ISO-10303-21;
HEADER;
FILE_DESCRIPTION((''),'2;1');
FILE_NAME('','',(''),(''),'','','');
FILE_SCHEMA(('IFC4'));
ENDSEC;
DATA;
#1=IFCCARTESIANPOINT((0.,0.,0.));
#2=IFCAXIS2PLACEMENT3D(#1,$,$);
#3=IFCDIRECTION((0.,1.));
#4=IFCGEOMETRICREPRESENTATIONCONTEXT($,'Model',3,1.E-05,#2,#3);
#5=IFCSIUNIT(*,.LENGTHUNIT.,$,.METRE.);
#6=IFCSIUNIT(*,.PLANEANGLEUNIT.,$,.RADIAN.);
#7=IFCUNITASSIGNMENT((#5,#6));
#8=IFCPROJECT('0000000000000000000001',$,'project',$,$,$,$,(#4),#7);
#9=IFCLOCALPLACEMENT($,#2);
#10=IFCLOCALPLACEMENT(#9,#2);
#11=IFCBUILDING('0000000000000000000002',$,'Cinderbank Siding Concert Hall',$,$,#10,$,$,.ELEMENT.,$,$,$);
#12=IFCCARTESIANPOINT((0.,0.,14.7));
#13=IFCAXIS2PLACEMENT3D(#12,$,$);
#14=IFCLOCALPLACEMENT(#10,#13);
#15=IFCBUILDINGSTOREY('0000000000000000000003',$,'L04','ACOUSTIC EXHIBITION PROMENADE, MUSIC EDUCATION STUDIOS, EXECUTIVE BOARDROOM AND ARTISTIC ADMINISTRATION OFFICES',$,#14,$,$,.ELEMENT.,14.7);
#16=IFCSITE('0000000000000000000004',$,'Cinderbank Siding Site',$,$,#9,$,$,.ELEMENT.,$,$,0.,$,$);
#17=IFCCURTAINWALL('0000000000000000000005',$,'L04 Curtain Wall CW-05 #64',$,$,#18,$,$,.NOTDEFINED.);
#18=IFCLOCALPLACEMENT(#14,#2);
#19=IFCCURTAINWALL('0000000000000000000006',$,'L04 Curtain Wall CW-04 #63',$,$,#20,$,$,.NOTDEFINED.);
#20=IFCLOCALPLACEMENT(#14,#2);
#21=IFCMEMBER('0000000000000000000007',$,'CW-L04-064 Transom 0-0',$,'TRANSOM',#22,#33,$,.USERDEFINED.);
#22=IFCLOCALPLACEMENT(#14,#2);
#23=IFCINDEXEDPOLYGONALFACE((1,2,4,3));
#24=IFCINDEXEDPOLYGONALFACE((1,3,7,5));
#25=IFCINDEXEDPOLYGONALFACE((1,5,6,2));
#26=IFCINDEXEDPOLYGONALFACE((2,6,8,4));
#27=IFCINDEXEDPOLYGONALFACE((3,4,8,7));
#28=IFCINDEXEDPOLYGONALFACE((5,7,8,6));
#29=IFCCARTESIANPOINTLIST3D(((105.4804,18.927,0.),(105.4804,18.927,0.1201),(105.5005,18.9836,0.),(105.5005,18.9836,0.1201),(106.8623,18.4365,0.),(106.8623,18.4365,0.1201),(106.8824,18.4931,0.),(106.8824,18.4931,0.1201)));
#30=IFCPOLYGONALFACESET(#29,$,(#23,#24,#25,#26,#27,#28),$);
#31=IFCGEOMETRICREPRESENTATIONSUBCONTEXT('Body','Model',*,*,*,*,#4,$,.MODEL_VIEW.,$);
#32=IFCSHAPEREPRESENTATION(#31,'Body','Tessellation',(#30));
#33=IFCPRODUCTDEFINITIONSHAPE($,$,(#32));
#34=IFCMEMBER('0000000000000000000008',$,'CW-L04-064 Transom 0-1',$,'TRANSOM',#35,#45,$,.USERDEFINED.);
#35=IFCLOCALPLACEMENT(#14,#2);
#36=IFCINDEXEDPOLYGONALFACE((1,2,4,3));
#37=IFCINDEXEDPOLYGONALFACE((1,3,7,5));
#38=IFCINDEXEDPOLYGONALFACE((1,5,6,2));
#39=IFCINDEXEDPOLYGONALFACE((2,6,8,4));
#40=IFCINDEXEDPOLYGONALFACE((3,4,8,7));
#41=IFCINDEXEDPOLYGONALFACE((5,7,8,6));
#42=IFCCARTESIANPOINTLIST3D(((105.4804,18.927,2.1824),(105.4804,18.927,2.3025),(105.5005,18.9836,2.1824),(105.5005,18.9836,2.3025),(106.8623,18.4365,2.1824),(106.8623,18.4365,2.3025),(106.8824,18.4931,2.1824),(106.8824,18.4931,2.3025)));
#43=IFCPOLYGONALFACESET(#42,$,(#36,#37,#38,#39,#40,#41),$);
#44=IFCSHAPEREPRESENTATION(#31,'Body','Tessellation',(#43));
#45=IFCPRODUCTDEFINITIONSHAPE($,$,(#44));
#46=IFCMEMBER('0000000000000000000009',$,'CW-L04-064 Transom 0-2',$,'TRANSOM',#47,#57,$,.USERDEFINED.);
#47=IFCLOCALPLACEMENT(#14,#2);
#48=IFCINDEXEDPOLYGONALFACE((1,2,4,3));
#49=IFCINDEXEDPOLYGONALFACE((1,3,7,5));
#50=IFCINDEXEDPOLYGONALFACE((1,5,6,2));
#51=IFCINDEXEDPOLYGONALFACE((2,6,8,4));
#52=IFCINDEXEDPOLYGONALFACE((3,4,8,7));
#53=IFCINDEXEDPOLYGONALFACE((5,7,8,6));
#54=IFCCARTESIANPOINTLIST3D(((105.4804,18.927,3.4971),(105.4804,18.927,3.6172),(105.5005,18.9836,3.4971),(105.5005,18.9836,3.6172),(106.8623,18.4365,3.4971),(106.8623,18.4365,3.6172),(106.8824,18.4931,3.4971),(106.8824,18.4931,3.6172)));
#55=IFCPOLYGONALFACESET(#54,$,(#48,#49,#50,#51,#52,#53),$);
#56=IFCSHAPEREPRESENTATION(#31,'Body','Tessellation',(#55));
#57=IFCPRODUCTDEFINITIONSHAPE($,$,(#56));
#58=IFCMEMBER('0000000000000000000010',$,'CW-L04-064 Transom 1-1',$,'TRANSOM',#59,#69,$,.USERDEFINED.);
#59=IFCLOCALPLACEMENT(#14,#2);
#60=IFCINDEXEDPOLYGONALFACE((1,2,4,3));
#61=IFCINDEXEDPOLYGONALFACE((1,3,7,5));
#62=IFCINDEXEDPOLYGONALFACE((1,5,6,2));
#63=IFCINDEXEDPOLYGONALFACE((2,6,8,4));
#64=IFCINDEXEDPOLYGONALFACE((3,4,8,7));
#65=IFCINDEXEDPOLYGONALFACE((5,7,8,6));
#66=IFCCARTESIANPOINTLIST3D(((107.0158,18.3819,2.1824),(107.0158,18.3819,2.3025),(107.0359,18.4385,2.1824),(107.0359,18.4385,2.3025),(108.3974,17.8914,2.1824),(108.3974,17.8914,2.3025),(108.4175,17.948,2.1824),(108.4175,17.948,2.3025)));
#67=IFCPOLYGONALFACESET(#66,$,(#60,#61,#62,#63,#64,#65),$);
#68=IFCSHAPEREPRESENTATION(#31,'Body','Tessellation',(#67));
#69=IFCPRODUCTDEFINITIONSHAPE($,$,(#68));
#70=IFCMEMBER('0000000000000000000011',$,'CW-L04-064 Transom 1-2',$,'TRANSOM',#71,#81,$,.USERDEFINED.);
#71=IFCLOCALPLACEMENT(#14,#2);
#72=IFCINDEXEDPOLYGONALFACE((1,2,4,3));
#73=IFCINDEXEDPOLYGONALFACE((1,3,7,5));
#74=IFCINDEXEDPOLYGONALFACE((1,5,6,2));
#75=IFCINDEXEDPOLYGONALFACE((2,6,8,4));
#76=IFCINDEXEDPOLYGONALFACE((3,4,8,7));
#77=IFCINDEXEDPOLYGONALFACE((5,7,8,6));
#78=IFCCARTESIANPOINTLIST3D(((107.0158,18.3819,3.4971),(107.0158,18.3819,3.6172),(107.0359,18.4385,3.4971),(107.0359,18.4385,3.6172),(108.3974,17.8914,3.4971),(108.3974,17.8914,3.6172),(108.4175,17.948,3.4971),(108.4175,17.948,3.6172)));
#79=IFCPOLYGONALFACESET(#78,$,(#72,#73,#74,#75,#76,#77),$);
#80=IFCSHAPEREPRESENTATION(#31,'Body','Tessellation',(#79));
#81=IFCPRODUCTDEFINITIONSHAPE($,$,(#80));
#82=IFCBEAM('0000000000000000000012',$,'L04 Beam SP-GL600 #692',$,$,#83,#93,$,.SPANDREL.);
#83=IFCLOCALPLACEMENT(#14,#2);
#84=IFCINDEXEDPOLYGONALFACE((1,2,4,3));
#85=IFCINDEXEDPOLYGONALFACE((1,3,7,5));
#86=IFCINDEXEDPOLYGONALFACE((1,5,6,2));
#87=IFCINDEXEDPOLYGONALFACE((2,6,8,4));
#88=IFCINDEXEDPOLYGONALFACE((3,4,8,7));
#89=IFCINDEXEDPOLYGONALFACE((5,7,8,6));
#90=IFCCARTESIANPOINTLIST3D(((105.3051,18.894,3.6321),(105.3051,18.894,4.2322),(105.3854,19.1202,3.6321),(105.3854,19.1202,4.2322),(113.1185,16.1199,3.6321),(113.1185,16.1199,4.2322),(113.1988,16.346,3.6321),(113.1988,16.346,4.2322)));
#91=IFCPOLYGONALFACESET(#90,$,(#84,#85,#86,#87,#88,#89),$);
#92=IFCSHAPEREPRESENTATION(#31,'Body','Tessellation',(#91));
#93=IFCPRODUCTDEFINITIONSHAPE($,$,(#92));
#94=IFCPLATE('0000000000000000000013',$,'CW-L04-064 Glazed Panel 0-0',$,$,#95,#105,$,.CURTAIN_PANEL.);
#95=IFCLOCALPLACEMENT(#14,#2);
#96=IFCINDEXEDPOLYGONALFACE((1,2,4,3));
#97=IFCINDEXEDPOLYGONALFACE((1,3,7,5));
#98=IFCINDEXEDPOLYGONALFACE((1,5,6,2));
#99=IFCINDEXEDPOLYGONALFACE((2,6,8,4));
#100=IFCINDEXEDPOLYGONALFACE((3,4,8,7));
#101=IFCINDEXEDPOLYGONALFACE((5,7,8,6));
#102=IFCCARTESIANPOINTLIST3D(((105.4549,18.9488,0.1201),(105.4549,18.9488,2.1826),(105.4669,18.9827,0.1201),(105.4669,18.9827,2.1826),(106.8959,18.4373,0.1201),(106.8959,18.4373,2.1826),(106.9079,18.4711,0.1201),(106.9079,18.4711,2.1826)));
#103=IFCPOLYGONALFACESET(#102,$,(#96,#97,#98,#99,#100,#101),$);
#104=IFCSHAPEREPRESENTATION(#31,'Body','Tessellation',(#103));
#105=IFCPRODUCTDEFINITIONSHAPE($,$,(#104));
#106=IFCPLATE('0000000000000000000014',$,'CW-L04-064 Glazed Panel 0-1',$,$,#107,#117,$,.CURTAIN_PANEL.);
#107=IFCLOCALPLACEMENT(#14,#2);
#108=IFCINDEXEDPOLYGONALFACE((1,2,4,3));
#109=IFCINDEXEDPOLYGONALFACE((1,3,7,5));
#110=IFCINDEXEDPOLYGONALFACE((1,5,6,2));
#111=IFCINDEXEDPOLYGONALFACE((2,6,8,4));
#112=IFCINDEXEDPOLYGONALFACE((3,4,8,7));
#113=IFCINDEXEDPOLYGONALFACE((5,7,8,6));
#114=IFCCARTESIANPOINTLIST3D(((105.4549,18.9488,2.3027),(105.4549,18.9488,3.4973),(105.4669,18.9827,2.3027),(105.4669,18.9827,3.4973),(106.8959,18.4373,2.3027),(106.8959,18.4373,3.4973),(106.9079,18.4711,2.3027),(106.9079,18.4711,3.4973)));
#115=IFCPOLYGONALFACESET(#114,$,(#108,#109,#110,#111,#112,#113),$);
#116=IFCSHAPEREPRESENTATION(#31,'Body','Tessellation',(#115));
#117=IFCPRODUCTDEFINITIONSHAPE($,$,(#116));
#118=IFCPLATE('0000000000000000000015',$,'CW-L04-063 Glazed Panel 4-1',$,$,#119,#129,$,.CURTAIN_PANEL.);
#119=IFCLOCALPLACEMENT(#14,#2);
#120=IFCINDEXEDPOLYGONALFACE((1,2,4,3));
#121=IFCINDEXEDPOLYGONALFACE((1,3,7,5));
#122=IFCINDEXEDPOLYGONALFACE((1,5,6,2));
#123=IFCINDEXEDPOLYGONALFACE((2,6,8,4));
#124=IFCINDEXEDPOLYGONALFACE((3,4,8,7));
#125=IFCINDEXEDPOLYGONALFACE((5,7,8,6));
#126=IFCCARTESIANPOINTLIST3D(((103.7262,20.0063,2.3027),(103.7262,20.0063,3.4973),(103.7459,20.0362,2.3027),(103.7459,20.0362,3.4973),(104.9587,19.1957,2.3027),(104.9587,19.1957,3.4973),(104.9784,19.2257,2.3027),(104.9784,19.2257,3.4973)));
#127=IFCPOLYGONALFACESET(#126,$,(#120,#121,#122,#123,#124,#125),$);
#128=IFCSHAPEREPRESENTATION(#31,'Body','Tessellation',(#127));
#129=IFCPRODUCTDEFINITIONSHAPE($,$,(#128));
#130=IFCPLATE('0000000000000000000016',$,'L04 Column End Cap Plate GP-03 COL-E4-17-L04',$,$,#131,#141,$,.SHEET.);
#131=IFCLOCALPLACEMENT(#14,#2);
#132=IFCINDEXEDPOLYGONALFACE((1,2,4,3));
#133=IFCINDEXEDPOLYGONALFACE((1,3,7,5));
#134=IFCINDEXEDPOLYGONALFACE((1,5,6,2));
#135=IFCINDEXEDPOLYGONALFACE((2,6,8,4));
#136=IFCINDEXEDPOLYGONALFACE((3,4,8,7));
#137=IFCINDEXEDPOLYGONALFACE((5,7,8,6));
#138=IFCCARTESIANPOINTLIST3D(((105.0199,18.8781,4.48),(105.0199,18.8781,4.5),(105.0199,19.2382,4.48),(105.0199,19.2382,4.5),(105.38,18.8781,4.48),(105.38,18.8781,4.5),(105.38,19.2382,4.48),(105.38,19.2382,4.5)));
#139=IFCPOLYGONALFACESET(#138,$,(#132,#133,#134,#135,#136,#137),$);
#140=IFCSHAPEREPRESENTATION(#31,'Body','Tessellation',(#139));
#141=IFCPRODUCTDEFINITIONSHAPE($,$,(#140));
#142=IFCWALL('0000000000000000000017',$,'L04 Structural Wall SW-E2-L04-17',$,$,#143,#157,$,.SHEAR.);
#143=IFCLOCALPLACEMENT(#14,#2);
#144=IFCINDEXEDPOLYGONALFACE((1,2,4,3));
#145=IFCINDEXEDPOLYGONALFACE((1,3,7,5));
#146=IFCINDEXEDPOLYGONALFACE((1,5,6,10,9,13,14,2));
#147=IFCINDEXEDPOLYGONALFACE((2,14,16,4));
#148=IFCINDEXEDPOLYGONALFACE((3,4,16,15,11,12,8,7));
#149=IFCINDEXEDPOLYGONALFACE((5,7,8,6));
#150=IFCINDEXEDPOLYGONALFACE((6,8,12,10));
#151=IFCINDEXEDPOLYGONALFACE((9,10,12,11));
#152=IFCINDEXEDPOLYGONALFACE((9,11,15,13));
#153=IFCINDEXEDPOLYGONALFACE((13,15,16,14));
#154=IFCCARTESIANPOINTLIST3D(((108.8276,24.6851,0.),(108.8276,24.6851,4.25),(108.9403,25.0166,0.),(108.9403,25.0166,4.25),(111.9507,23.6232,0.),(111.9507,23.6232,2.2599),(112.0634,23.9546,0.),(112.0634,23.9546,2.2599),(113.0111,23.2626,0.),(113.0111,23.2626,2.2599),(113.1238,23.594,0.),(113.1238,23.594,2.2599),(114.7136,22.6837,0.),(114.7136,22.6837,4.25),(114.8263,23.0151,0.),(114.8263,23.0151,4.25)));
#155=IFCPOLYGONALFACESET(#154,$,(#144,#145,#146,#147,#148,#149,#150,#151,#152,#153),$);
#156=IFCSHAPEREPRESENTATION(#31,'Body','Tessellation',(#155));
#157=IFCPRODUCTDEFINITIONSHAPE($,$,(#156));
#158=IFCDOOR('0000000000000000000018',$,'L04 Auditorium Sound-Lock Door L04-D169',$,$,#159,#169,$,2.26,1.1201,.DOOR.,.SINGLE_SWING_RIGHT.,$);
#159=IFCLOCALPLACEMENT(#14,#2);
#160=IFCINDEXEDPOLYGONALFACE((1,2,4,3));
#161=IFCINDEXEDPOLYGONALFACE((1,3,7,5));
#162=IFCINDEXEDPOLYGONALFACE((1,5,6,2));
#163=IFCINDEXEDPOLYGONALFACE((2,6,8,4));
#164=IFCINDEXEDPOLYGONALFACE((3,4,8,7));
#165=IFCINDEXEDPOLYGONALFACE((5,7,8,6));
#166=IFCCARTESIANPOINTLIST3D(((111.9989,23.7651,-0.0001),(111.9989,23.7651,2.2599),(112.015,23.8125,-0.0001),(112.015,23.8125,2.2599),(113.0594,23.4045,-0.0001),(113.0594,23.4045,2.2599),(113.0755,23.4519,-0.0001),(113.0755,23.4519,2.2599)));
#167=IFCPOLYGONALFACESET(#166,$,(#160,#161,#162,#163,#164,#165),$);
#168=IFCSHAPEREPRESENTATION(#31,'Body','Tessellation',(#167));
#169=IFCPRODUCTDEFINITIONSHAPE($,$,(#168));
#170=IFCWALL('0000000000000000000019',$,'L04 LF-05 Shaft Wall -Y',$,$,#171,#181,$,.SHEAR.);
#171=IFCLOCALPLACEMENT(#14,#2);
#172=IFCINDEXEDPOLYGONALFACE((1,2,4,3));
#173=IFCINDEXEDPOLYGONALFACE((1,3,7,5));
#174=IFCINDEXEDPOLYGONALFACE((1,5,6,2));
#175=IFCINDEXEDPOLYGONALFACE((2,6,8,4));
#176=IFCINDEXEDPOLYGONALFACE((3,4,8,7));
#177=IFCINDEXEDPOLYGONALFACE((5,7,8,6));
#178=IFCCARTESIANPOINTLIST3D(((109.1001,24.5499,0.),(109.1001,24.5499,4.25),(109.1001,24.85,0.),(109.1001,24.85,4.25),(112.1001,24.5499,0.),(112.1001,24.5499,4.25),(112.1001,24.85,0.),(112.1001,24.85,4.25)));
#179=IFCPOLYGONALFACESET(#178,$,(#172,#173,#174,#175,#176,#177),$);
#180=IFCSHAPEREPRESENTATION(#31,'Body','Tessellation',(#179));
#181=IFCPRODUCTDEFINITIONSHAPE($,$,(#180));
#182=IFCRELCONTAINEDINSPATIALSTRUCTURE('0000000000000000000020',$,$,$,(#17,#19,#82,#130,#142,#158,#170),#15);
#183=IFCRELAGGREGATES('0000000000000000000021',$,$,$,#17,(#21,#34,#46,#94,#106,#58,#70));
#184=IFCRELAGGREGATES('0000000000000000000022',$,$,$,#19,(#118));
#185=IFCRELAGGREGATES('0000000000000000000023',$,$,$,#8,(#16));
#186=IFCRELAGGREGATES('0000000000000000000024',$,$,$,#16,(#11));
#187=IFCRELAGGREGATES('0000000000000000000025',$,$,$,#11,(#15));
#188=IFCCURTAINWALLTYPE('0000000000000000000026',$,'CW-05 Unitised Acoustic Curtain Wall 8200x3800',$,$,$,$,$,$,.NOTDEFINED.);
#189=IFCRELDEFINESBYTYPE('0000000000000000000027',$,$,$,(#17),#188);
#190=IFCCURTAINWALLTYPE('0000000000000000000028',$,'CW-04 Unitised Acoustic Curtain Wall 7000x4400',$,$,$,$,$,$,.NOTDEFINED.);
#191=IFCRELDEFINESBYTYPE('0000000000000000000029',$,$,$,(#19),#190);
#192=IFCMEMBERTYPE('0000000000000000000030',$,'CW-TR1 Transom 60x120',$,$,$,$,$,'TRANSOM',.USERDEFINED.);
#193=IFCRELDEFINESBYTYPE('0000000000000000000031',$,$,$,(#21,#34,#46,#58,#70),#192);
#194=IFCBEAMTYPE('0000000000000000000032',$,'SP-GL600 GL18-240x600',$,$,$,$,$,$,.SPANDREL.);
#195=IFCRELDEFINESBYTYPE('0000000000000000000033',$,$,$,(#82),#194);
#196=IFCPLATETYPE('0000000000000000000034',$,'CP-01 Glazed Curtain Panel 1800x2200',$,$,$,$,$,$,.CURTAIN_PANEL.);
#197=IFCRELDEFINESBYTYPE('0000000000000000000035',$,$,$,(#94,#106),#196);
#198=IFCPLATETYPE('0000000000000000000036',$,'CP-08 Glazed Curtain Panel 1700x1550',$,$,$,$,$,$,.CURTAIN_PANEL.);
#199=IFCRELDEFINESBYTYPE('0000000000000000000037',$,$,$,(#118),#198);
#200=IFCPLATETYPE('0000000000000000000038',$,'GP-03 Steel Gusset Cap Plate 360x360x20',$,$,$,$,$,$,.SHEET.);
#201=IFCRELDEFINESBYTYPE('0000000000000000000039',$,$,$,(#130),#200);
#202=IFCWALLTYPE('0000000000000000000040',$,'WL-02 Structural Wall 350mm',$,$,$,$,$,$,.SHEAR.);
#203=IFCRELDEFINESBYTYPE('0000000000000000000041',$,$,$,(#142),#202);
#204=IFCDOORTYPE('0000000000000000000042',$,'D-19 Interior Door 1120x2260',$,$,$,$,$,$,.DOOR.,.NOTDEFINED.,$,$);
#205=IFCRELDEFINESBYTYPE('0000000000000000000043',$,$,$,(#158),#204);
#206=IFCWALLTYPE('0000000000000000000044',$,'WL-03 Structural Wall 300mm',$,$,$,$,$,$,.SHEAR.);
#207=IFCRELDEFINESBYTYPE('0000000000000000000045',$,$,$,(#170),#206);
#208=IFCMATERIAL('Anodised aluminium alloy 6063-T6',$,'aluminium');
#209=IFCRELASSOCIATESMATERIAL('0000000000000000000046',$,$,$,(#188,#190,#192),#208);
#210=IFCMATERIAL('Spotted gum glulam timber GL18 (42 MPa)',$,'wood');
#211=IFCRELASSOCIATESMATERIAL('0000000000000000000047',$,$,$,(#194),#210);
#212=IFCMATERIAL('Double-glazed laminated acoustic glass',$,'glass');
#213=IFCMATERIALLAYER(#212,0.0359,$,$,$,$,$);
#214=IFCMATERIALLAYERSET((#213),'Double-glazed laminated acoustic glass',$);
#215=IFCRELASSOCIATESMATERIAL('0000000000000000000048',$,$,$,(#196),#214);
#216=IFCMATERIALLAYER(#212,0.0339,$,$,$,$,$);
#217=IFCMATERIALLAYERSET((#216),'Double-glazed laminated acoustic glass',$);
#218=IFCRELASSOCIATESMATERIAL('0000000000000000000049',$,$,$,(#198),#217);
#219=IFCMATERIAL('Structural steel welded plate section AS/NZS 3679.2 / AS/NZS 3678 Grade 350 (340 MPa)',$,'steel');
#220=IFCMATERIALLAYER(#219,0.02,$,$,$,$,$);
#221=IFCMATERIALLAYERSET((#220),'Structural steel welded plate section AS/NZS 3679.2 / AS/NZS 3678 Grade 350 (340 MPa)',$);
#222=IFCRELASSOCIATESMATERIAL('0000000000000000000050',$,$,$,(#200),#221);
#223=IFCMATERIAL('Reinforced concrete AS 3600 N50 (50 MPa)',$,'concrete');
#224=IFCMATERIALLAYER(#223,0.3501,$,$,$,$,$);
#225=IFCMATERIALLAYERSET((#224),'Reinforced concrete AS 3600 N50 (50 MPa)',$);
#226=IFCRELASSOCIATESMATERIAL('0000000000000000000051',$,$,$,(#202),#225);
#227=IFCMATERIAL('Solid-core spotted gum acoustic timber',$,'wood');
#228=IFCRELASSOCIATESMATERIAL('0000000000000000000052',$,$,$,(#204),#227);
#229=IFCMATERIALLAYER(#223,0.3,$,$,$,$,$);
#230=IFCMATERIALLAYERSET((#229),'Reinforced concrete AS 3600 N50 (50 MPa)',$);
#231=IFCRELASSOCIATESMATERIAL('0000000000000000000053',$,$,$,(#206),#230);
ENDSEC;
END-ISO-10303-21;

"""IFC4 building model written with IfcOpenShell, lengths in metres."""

from ifc_helpers import new_model, si_unit, direction, frame, frame_2d, origin, origin_2d, place, context, subcontext, project, spatial, rectangle, extrude, material, layer, layer_set, material_profile, profile_set, type_object, element, fill, aggregate, save


model = new_model("IFC4")

# Units and contexts
model_context = context("Model", 3, precision=1e-05, world=origin(), true_north=direction((0.0, 1.0)))
body_context = subcontext(model_context, "Body", "Model", "MODEL_VIEW")
ifc_project = project(units=[si_unit("LENGTHUNIT", "METRE"), si_unit("PLANEANGLEUNIT", "RADIAN")], contexts=[model_context])

# Site, building, storey
site_placement = place(None, origin())
site = spatial("IfcSite", under=ifc_project, at=site_placement, Name="Cinderbank Siding Site", CompositionType="ELEMENT", RefElevation=0.0)
building_placement = place(site_placement, origin())
building = spatial("IfcBuilding", under=site, at=building_placement, Name="Cinderbank Siding Concert Hall", CompositionType="ELEMENT")
storey_placement = place(building_placement, frame((0.0, 0.0, 14.7)))
storey = spatial("IfcBuildingStorey", under=building, at=storey_placement, Name="L04", Description="ACOUSTIC EXHIBITION PROMENADE, MUSIC EDUCATION STUDIOS, EXECUTIVE BOARDROOM AND ARTISTIC ADMINISTRATION OFFICES", CompositionType="ELEMENT", Elevation=14.7)

# Shared definitions
ifc_material_1 = material(Name="Reinforced concrete AS 3600 N50 (50 MPa)", Category="concrete")

# Curtain wall
ifc_material_2 = material(Name="Anodised aluminium alloy 6063-T6", Category="aluminium")
curtain_wall_type_1 = type_object("IfcCurtainWallType", Name="CW-05 Unitised Acoustic Curtain Wall 8200x3800", PredefinedType="NOTDEFINED", material=ifc_material_2)
curtain_wall_1_placement = place(storey_placement, origin())
curtain_wall_1 = element("IfcCurtainWall", 1, at=curtain_wall_1_placement, inside=storey, type_object=curtain_wall_type_1, Name="L04 Curtain Wall CW-05 #64", PredefinedType="NOTDEFINED")

# Curtain wall
curtain_wall_type_2 = type_object("IfcCurtainWallType", Name="CW-04 Unitised Acoustic Curtain Wall 7000x4400", PredefinedType="NOTDEFINED", material=ifc_material_2)
curtain_wall_2_placement = place(storey_placement, origin())
curtain_wall_2 = element("IfcCurtainWall", 2, at=curtain_wall_2_placement, inside=storey, type_object=curtain_wall_type_2, Name="L04 Curtain Wall CW-04 #63", PredefinedType="NOTDEFINED")

# Members
ifc_material_profile_1 = material_profile(ifc_material_2, rectangle(XDim=0.0601, YDim=0.1201, at=origin_2d()), Name="ALU-TRAN-60x120", Category="LoadBearing")
ifc_profile_set_1 = profile_set([ifc_material_profile_1], Name="Anodised aluminium alloy 6063-T6")
member_type_1 = type_object("IfcMemberType", Name="CW-TR1 Transom 60x120", ElementType="TRANSOM", PredefinedType="USERDEFINED", material=ifc_profile_set_1)
member_1_placement = place(storey_placement, frame((105.4905, 18.9553, 0.0601), z_axis=(0.942396, -0.3345, 0.0), x_axis=(0.3345, 0.942396, 0.0)))
member_1 = element("IfcMember", 3, at=member_1_placement, type_object=member_type_1, Name="CW-L04-064 Transom 0-0", ObjectType="TRANSOM", PredefinedType="USERDEFINED", context=body_context, shape_type="SweptSolid", body=[
    extrude(rectangle(XDim=0.0601, YDim=0.1201, at=origin_2d()), origin(), (0.0, 0.0, 1.0), 1.4663),
])
member_2_placement = place(storey_placement, frame((105.4905, 18.9553, 2.2424), z_axis=(0.942396, -0.3345, 0.0), x_axis=(0.3345, 0.942396, 0.0)))
member_2 = element("IfcMember", 4, at=member_2_placement, type_object=member_type_1, Name="CW-L04-064 Transom 0-1", ObjectType="TRANSOM", PredefinedType="USERDEFINED", context=body_context, shape_type="SweptSolid", body=[
    extrude(rectangle(XDim=0.0601, YDim=0.1201, at=origin_2d()), origin(), (0.0, 0.0, 1.0), 1.4663),
])
member_3_placement = place(storey_placement, frame((105.4905, 18.9553, 3.5571), z_axis=(0.942396, -0.3345, 0.0), x_axis=(0.3345, 0.942396, 0.0)))
member_3 = element("IfcMember", 5, at=member_3_placement, type_object=member_type_1, Name="CW-L04-064 Transom 0-2", ObjectType="TRANSOM", PredefinedType="USERDEFINED", context=body_context, shape_type="SweptSolid", body=[
    extrude(rectangle(XDim=0.0601, YDim=0.1201, at=origin_2d()), origin(), (0.0, 0.0, 1.0), 1.4663),
])
member_4_placement = place(storey_placement, frame((107.0259, 18.4102, 2.2424), z_axis=(0.942377, -0.334553, 0.0), x_axis=(0.334553, 0.942377, 0.0)))
member_4 = element("IfcMember", 6, at=member_4_placement, type_object=member_type_1, Name="CW-L04-064 Transom 1-1", ObjectType="TRANSOM", PredefinedType="USERDEFINED", context=body_context, shape_type="SweptSolid", body=[
    extrude(rectangle(XDim=0.0601, YDim=0.1201, at=origin_2d()), origin(), (0.0, 0.0, 1.0), 1.4661),
])
member_5_placement = place(storey_placement, frame((107.0259, 18.4102, 3.5571), z_axis=(0.942377, -0.334553, 0.0), x_axis=(0.334553, 0.942377, 0.0)))
member_5 = element("IfcMember", 7, at=member_5_placement, type_object=member_type_1, Name="CW-L04-064 Transom 1-2", ObjectType="TRANSOM", PredefinedType="USERDEFINED", context=body_context, shape_type="SweptSolid", body=[
    extrude(rectangle(XDim=0.0601, YDim=0.1201, at=origin_2d()), origin(), (0.0, 0.0, 1.0), 1.4661),
])

# Beam
ifc_material_3 = material(Name="Spotted gum glulam timber GL18 (42 MPa)", Category="wood")
ifc_material_profile_2 = material_profile(ifc_material_3, rectangle(XDim=0.24, YDim=0.6001, at=origin_2d()), Name="GL18-240x600", Category="LoadBearing")
ifc_profile_set_2 = profile_set([ifc_material_profile_2], Name="Spotted gum glulam timber GL18 (42 MPa)")
beam_type_1 = type_object("IfcBeamType", Name="SP-GL600 GL18-240x600", PredefinedType="SPANDREL", material=ifc_profile_set_2)
beam_1_placement = place(storey_placement, frame((105.3452, 19.0071, 3.9321), z_axis=(0.942365, -0.334586, 0.0), x_axis=(0.334586, 0.942365, 0.0)))
element("IfcBeam", 8, at=beam_1_placement, inside=storey, type_object=beam_type_1, Name="L04 Beam SP-GL600 #692", PredefinedType="SPANDREL", context=body_context, shape_type="SweptSolid", body=[
    extrude(rectangle(XDim=0.24, YDim=0.6001, at=origin_2d()), origin(), (0.0, 0.0, 1.0), 8.2913),
])

# Plates
ifc_material_4 = material(Name="Double-glazed laminated acoustic glass", Category="glass")
ifc_layer_1 = layer(ifc_material_4, 0.0359)
ifc_layer_set_1 = layer_set([ifc_layer_1], Name="Double-glazed laminated acoustic glass")
plate_type_1 = type_object("IfcPlateType", Name="CP-01 Glazed Curtain Panel 1800x2200", PredefinedType="CURTAIN_PANEL", material=ifc_layer_set_1)
plate_1_placement = place(storey_placement, frame((106.1814, 18.71, 0.1201), z_axis=(0.0, 0.0, 1.0), x_axis=(0.942366, -0.334585, 0.0)))
plate_1 = element("IfcPlate", 9, at=plate_1_placement, type_object=plate_type_1, Name="CW-L04-064 Glazed Panel 0-0", PredefinedType="CURTAIN_PANEL", context=body_context, shape_type="SweptSolid", body=[
    extrude(rectangle(XDim=1.5291, YDim=0.0359, at=origin_2d()), origin(), (0.0, 0.0, 1.0), 2.0625),
])
plate_2_placement = place(storey_placement, frame((106.1814, 18.71, 2.3027), z_axis=(0.0, 0.0, 1.0), x_axis=(0.942366, -0.334585, 0.0)))
plate_2 = element("IfcPlate", 10, at=plate_2_placement, type_object=plate_type_1, Name="CW-L04-064 Glazed Panel 0-1", PredefinedType="CURTAIN_PANEL", context=body_context, shape_type="SweptSolid", body=[
    extrude(rectangle(XDim=1.5291, YDim=0.0359, at=origin_2d()), origin(), (0.0, 0.0, 1.0), 1.1946),
])
aggregate(curtain_wall_1, [member_1, member_2, member_3, plate_1, plate_2, member_4, member_5])
ifc_layer_2 = layer(ifc_material_4, 0.0339)
ifc_layer_set_2 = layer_set([ifc_layer_2], Name="Double-glazed laminated acoustic glass")
plate_type_2 = type_object("IfcPlateType", Name="CP-08 Glazed Curtain Panel 1700x1550", PredefinedType="CURTAIN_PANEL", material=ifc_layer_set_2)
plate_3_placement = place(storey_placement, frame((104.3523, 19.616, 2.3027), z_axis=(0.0, 0.0, 1.0), x_axis=(0.835492, -0.549503, 0.0)))
plate_3 = element("IfcPlate", 11, at=plate_3_placement, type_object=plate_type_2, Name="CW-L04-063 Glazed Panel 4-1", PredefinedType="CURTAIN_PANEL", context=body_context, shape_type="SweptSolid", body=[
    extrude(rectangle(XDim=1.4751, YDim=0.0359, at=origin_2d()), origin(), (0.0, 0.0, 1.0), 1.1946),
])
aggregate(curtain_wall_2, [plate_3])
ifc_material_5 = material(Name="Structural steel welded plate section AS/NZS 3679.2 / AS/NZS 3678 Grade 350 (340 MPa)", Category="steel")
ifc_layer_3 = layer(ifc_material_5, 0.02)
ifc_layer_set_3 = layer_set([ifc_layer_3], Name="Structural steel welded plate section AS/NZS 3679.2 / AS/NZS 3678 Grade 350 (340 MPa)")
plate_type_3 = type_object("IfcPlateType", Name="GP-03 Steel Gusset Cap Plate 360x360x20", PredefinedType="SHEET", material=ifc_layer_set_3)
plate_4_placement = place(storey_placement, frame((105.2, 19.0581, 4.48), z_axis=(0.0, 0.0, 1.0), x_axis=(1.0, 0.0, 0.0)))
element("IfcPlate", 12, at=plate_4_placement, inside=storey, type_object=plate_type_3, Name="L04 Column End Cap Plate GP-03 COL-E4-17-L04", PredefinedType="SHEET", context=body_context, shape_type="SweptSolid", body=[
    extrude(rectangle(XDim=0.3601, YDim=0.3601, at=origin_2d()), origin(), (0.0, 0.0, 1.0), 0.02),
])

# Wall, opening, door
ifc_layer_4 = layer(ifc_material_1, 0.3501)
ifc_layer_set_4 = layer_set([ifc_layer_4], Name="Reinforced concrete AS 3600 N50 (50 MPa)")
wall_type_1 = type_object("IfcWallType", Name="WL-02 Structural Wall 350mm", PredefinedType="SHEAR", material=ifc_layer_set_4)
wall_1_placement = place(storey_placement, frame((108.884, 24.8508, 0.0), z_axis=(0.0, 0.0, 1.0), x_axis=(0.946761, -0.321936, 0.0)))
wall_1 = element("IfcWall", 13, at=wall_1_placement, inside=storey, type_object=wall_type_1, Name="L04 Structural Wall SW-E2-L04-17", PredefinedType="SHEAR", context=body_context, shape_type="SweptSolid", body=[
    extrude(rectangle(XDim=6.217, YDim=0.3501, at=frame_2d((3.1084, 0.0))), origin(), (0.0, 0.0, 1.0), 4.25),
])
opening_1_placement = place(wall_1_placement, frame((3.2986, 0.0, 0.0)))
opening_1 = element("IfcOpeningElement", 14, at=opening_1_placement, cuts=wall_1, PredefinedType="OPENING", context=body_context, shape_type="SweptSolid", body=[
    extrude(rectangle(XDim=1.1201, YDim=2.26, at=frame_2d((0.5601, 1.1299))), frame((0.0, 0.187, 0.0), z_axis=(0.0, -1.0, 0.0), x_axis=(1.0, 0.0, 0.0)), (0.0, 0.0, 1.0), 0.374),
])
ifc_material_6 = material(Name="Solid-core spotted gum acoustic timber", Category="wood")
door_type_1 = type_object("IfcDoorType", Name="D-19 Interior Door 1120x2260", OperationType="NOTDEFINED", PredefinedType="DOOR", material=ifc_material_6)
door_1_placement = place(opening_1_placement, origin())
door_1 = element("IfcDoor", 15, at=door_1_placement, inside=storey, type_object=door_type_1, Name="L04 Auditorium Sound-Lock Door L04-D169", OperationType="SINGLE_SWING_RIGHT", OverallHeight=2.26, OverallWidth=1.1201, PredefinedType="DOOR", context=body_context, shape_type="SweptSolid", body=[
    extrude(rectangle(XDim=1.1201, YDim=2.26, at=frame_2d((0.5601, 1.1299))), frame((0.0, 0.0249, 0.0), z_axis=(0.0, -1.0, 0.0), x_axis=(1.0, 0.0, 0.0)), (0.0, 0.0, 1.0), 0.05),
])
fill(opening_1, door_1)

# Wall
ifc_layer_5 = layer(ifc_material_1, 0.3)
ifc_layer_set_5 = layer_set([ifc_layer_5], Name="Reinforced concrete AS 3600 N50 (50 MPa)")
wall_type_2 = type_object("IfcWallType", Name="WL-03 Structural Wall 300mm", PredefinedType="SHEAR", material=ifc_layer_set_5)
wall_2_placement = place(storey_placement, frame((112.1001, 24.7, 0.0), z_axis=(0.0, 0.0, 1.0), x_axis=(-1.0, 0.0, 0.0)))
element("IfcWall", 16, at=wall_2_placement, inside=storey, type_object=wall_type_2, Name="L04 LF-05 Shaft Wall -Y", PredefinedType="SHEAR", context=body_context, shape_type="SweptSolid", body=[
    extrude(rectangle(XDim=3.0, YDim=0.3, at=frame_2d((1.5, 0.0))), origin(), (0.0, 0.0, 1.0), 4.25),
])

save(model, "model.ifc")
